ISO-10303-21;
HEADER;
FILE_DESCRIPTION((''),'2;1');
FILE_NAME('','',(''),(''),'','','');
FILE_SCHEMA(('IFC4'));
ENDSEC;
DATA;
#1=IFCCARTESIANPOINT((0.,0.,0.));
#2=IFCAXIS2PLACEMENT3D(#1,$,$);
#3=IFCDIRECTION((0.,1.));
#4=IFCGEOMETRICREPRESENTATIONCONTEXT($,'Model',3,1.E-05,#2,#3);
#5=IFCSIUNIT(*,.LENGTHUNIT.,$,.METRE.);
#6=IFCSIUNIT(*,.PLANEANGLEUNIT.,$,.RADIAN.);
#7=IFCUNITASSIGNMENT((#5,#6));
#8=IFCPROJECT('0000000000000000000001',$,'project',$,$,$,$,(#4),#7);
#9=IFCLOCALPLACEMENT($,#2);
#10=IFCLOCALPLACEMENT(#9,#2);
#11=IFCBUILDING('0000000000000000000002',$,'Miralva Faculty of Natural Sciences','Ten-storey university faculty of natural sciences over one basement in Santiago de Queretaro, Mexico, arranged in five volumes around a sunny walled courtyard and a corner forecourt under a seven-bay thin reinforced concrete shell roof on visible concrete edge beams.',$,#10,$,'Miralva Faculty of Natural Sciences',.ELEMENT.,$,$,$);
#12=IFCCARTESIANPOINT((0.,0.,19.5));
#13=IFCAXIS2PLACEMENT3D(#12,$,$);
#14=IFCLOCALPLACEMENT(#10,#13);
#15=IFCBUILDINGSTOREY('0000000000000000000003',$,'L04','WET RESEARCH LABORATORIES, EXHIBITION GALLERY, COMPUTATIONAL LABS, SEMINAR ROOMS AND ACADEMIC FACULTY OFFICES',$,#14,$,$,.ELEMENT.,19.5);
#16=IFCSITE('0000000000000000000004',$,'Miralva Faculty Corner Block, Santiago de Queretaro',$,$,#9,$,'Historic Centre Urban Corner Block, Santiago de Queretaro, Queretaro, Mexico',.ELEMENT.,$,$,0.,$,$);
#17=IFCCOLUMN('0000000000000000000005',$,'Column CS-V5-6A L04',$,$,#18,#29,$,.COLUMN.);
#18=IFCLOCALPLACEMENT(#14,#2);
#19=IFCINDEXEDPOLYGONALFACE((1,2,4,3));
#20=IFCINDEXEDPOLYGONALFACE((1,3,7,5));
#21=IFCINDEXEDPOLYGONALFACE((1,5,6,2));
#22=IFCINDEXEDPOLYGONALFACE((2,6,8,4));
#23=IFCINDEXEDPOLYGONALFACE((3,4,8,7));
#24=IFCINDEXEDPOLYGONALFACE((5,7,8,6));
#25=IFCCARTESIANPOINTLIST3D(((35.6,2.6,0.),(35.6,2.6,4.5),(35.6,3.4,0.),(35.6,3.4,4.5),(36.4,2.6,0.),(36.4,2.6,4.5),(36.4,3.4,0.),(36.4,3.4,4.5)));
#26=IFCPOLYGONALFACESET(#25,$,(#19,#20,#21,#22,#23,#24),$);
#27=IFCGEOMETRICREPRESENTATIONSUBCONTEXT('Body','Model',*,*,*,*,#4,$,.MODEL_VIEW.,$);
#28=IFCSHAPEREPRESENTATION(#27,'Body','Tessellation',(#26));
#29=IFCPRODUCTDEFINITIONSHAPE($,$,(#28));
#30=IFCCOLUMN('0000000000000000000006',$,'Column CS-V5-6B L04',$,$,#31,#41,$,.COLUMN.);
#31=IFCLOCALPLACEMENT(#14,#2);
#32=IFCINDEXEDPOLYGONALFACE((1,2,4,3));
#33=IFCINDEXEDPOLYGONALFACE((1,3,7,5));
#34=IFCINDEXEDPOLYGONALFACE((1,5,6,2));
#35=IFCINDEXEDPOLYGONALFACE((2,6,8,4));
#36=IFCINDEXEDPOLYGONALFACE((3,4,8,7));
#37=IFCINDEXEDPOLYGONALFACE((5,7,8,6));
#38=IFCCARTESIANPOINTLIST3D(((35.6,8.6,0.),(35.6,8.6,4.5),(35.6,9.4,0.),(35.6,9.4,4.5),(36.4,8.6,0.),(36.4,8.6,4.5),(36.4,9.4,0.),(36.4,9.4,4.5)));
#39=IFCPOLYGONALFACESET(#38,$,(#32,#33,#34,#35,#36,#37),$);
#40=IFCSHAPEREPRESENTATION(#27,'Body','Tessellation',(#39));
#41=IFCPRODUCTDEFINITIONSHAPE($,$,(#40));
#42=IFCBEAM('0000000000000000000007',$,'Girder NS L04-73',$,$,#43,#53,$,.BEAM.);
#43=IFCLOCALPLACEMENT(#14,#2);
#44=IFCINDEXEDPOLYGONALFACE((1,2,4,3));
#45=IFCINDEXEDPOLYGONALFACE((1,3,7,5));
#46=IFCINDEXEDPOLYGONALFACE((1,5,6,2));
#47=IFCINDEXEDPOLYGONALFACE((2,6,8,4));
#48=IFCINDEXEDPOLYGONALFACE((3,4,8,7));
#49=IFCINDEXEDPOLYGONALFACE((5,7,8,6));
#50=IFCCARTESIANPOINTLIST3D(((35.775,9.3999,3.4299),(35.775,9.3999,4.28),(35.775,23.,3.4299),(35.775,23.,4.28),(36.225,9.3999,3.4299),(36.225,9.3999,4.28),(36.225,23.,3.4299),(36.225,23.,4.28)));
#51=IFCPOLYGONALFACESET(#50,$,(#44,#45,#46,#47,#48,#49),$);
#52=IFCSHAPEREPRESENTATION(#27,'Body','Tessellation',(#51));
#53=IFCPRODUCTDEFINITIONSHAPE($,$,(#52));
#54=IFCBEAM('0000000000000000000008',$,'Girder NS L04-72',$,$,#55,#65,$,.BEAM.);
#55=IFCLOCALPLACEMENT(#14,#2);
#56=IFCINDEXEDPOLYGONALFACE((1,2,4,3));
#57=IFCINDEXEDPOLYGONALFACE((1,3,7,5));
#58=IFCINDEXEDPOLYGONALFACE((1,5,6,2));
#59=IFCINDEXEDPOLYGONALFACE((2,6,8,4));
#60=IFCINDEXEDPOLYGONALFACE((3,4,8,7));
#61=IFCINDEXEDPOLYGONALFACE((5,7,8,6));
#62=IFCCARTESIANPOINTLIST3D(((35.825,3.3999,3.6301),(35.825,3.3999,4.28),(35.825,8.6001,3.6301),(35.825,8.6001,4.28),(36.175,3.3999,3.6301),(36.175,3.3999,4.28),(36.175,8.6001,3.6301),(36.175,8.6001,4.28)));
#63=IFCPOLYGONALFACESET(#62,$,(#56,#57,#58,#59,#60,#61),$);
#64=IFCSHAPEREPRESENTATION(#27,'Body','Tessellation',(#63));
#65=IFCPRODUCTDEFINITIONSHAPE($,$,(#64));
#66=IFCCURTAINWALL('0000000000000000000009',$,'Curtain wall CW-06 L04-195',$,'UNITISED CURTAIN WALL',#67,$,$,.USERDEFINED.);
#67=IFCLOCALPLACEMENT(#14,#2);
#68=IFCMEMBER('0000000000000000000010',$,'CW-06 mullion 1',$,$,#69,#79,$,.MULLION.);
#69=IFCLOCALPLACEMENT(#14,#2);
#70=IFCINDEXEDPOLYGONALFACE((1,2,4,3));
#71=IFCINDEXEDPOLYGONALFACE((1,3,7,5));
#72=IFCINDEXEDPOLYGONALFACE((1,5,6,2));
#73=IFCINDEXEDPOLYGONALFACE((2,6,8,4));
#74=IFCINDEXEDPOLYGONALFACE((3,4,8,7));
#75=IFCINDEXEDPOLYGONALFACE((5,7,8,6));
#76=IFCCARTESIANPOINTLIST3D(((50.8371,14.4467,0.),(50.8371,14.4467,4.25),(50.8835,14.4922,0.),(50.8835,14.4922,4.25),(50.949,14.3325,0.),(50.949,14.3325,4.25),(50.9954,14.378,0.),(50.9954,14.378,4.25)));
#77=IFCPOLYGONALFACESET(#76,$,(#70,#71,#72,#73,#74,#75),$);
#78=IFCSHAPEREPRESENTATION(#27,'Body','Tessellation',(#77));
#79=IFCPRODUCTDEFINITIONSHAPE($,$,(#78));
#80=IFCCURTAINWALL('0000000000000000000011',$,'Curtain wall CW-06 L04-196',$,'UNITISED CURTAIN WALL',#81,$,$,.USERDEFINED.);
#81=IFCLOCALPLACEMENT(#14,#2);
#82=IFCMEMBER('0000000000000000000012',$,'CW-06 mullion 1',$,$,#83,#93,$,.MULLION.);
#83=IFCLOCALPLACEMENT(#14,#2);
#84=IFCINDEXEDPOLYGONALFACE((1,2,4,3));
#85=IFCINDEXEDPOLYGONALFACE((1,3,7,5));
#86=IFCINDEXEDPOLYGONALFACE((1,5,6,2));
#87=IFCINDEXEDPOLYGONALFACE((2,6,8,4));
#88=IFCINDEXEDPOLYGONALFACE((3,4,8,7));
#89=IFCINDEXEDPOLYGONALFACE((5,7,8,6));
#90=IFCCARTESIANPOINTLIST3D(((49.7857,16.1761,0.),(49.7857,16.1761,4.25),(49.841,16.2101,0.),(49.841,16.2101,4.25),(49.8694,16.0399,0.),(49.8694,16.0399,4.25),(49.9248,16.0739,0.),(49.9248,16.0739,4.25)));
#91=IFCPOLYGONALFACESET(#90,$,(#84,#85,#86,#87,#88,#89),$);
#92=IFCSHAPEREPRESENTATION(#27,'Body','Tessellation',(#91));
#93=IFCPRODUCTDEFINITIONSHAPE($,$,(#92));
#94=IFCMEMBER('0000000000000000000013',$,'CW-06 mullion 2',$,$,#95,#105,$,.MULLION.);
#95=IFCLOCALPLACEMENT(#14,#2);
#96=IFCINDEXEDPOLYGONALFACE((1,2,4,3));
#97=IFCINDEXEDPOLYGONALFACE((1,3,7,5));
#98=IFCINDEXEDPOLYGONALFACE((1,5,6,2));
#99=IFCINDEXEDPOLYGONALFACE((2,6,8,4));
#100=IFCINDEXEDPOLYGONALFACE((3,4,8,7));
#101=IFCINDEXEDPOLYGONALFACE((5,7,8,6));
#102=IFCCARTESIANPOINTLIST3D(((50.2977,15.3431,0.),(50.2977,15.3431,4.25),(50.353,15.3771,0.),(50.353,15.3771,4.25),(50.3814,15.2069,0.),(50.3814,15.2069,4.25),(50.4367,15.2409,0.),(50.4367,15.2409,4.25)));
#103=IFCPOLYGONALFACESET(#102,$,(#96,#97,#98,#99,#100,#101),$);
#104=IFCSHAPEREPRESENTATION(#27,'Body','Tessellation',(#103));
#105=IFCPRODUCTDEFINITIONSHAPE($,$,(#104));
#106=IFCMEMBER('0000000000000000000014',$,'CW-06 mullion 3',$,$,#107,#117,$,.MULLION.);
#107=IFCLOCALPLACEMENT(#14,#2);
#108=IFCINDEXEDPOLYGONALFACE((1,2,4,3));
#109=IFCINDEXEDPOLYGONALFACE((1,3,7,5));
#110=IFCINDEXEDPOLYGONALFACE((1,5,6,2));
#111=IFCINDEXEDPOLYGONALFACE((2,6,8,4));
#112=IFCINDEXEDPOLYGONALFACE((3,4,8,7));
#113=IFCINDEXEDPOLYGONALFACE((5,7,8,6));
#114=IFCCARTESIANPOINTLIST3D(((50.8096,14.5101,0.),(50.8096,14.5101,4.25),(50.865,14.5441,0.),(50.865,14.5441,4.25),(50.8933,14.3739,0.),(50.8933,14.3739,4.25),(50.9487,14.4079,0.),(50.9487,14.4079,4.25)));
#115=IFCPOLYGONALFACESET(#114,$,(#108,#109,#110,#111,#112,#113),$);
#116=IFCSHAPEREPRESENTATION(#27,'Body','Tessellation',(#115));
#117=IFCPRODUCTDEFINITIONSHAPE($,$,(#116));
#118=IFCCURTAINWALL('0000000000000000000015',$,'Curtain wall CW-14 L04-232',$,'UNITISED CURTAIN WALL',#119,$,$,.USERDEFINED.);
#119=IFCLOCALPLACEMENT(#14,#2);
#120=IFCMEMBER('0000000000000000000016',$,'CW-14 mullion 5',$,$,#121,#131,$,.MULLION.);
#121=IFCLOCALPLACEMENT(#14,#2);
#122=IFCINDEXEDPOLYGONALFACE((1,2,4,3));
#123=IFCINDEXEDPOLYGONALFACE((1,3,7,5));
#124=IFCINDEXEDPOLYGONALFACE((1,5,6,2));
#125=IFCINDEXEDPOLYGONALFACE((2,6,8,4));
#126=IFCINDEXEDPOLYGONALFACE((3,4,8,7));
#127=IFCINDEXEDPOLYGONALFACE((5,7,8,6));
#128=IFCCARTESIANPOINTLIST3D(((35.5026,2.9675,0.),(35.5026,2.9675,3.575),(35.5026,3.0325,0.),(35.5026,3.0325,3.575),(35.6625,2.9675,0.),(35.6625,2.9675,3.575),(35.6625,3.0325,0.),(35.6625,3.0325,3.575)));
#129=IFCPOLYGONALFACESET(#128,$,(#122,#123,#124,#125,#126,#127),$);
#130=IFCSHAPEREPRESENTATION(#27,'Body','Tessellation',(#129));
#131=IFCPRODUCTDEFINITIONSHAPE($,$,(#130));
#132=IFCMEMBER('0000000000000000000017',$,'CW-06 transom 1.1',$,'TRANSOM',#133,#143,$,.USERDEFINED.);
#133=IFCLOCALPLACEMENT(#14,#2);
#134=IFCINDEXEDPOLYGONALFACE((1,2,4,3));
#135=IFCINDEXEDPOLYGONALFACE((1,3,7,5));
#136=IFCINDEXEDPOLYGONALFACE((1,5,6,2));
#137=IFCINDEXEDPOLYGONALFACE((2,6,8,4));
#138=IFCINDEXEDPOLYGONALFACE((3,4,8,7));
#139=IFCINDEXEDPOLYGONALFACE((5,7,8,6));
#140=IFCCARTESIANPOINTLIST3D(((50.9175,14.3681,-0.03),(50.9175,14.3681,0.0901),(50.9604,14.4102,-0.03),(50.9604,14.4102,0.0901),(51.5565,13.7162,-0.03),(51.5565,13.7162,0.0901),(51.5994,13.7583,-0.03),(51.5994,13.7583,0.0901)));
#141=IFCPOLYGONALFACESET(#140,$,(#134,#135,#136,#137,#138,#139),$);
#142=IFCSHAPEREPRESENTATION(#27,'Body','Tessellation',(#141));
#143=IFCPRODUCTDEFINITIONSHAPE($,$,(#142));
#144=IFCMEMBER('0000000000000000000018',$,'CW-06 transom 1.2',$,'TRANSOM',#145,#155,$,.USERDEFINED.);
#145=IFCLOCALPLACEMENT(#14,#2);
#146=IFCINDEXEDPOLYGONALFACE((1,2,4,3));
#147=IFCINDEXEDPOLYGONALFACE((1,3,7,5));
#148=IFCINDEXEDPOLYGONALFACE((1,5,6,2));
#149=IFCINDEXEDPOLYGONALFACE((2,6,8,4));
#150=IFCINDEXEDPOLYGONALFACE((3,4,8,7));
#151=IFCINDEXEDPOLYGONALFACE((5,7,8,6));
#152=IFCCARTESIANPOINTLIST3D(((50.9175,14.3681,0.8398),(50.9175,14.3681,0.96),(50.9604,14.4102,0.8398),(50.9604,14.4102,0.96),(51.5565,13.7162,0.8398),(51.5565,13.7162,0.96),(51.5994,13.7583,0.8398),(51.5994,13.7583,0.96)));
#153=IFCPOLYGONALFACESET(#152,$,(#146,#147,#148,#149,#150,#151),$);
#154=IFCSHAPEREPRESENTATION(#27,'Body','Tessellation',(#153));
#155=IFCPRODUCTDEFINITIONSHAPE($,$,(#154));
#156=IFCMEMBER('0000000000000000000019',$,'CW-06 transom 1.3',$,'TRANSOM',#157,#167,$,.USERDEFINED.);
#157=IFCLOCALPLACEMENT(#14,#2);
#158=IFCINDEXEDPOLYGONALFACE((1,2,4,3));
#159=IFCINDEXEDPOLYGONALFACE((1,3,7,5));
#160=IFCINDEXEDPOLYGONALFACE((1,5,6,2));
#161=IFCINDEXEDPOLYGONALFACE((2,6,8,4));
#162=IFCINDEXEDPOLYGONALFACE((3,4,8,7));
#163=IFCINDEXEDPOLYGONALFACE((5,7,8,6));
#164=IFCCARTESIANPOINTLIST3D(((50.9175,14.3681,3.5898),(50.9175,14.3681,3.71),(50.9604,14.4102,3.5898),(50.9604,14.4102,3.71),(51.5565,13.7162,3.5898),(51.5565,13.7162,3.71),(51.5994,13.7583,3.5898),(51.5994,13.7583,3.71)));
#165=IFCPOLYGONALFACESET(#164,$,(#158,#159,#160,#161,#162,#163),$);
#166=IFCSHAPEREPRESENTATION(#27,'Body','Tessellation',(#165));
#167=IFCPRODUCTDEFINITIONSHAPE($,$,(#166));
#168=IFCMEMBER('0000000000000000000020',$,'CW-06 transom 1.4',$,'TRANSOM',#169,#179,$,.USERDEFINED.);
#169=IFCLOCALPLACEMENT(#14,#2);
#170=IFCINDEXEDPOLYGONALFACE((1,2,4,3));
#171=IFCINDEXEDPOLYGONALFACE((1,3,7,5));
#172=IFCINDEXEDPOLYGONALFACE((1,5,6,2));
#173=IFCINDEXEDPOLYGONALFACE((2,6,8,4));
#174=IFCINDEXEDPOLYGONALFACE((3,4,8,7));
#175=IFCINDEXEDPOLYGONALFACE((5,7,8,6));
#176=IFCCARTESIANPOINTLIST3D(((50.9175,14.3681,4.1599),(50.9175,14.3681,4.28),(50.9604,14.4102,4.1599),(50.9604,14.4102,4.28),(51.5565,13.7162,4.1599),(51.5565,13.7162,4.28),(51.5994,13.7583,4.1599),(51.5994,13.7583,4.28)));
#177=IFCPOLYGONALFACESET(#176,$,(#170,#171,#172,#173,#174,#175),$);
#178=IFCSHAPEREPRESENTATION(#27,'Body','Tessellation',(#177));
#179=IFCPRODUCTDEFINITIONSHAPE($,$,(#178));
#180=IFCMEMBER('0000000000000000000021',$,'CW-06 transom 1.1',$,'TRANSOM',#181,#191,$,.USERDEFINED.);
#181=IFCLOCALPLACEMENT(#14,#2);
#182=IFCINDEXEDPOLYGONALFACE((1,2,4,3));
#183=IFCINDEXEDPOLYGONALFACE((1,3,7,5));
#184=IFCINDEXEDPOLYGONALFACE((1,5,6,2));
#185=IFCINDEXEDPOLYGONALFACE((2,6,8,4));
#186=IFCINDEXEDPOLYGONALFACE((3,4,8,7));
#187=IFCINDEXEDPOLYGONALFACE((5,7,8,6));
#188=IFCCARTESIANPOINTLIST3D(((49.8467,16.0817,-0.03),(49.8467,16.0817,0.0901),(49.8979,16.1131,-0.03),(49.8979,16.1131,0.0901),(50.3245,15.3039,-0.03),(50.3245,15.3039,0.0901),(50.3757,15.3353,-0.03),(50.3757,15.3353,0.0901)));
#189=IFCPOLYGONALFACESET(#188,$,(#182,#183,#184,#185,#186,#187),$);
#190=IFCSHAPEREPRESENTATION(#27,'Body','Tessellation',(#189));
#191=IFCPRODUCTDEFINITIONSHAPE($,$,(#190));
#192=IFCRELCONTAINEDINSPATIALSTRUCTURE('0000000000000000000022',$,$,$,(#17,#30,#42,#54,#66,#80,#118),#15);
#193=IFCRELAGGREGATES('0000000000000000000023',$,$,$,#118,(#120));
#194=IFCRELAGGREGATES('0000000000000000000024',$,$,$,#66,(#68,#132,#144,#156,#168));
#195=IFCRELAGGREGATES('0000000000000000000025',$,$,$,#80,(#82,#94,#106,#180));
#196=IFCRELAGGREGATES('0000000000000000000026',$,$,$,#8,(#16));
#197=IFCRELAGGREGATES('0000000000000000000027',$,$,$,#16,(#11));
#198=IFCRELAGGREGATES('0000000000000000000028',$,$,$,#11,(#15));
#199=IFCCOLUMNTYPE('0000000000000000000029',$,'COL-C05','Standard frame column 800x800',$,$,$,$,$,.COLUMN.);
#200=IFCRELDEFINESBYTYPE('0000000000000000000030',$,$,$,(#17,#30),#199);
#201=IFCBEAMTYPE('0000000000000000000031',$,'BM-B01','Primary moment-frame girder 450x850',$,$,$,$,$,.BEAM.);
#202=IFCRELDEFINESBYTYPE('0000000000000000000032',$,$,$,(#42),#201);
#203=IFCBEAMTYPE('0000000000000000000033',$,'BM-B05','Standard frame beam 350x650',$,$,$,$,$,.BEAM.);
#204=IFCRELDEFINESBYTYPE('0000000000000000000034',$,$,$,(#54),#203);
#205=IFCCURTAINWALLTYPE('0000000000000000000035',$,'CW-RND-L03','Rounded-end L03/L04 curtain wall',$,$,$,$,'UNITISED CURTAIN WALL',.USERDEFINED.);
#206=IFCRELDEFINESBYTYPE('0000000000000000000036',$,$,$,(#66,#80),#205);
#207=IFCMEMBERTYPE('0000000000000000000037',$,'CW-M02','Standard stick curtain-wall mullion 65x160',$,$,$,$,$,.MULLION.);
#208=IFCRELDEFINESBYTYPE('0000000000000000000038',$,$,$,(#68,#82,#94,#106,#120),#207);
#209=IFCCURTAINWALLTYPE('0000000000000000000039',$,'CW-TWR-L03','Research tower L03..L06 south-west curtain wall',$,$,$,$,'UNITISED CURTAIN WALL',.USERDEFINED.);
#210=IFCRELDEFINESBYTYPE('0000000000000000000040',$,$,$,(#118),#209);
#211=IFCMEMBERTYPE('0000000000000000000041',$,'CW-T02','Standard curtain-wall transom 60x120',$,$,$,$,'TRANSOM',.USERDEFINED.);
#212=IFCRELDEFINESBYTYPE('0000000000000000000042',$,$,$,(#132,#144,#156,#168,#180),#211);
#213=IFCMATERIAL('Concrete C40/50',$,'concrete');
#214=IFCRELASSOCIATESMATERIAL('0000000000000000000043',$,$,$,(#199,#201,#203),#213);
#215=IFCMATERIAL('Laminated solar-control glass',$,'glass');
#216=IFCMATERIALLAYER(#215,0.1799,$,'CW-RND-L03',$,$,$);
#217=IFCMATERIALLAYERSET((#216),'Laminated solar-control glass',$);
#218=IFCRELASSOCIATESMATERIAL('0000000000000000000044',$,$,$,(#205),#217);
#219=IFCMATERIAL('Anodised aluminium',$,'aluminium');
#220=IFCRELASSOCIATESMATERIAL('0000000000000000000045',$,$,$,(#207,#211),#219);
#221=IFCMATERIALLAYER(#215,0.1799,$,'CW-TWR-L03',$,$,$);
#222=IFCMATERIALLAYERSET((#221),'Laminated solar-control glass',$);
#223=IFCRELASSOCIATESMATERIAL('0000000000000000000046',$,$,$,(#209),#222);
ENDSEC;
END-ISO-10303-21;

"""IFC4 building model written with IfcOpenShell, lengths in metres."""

from ifc_helpers import new_model, si_unit, direction, frame, origin, origin_2d, place, context, subcontext, project, spatial, rectangle, extrude, material, layer, layer_set, material_profile, profile_set, type_object, element, aggregate, save


model = new_model("IFC4")

# Units and contexts
model_context = context("Model", 3, precision=1e-05, world=origin(), true_north=direction((0.0, 1.0)))
body_context = subcontext(model_context, "Body", "Model", "MODEL_VIEW")
ifc_project = project(units=[si_unit("LENGTHUNIT", "METRE"), si_unit("PLANEANGLEUNIT", "RADIAN")], contexts=[model_context])

# Site, building, storey
site_placement = place(None, origin())
site = spatial("IfcSite", under=ifc_project, at=site_placement, Name="Miralva Faculty Corner Block, Santiago de Queretaro", LongName="Historic Centre Urban Corner Block, Santiago de Queretaro, Queretaro, Mexico", CompositionType="ELEMENT", RefElevation=0.0)
building_placement = place(site_placement, origin())
building = spatial("IfcBuilding", under=site, at=building_placement, Name="Miralva Faculty of Natural Sciences", Description="Ten-storey university faculty of natural sciences over one basement in Santiago de Queretaro, Mexico, arranged in five volumes around a sunny walled courtyard and a corner forecourt under a seven-bay thin reinforced concrete shell roof on visible concrete edge beams.", LongName="Miralva Faculty of Natural Sciences", CompositionType="ELEMENT")
storey_placement = place(building_placement, frame((0.0, 0.0, 19.5)))
storey = spatial("IfcBuildingStorey", under=building, at=storey_placement, Name="L04", Description="WET RESEARCH LABORATORIES, EXHIBITION GALLERY, COMPUTATIONAL LABS, SEMINAR ROOMS AND ACADEMIC FACULTY OFFICES", CompositionType="ELEMENT", Elevation=19.5)

# Columns
ifc_material_1 = material(Name="Concrete C40/50", Category="concrete")
ifc_material_profile_1 = material_profile(ifc_material_1, rectangle(XDim=0.8, YDim=0.8, at=origin_2d()), Name="RC 800x800")
ifc_profile_set_1 = profile_set([ifc_material_profile_1], Name="Concrete C40/50")
column_type = type_object("IfcColumnType", Name="COL-C05", Description="Standard frame column 800x800", PredefinedType="COLUMN", material=ifc_profile_set_1)
for number, where, z_axis, x_axis, name in (
    (1, (36.0, 3.0, 0.0), (0.0, 0.0, 1.0), (1.0, 0.0, 0.0), "Column CS-V5-6A L04"),
    (2, (36.0, 9.0, 0.0), (0.0, 0.0, 1.0), (1.0, 0.0, 0.0), "Column CS-V5-6B L04"),
):
    element("IfcColumn", number, at=place(storey_placement, frame(where, z_axis=z_axis, x_axis=x_axis)), inside=storey, type_object=column_type, Name=name, PredefinedType="COLUMN", context=body_context, shape_type="SweptSolid", body=[
        extrude(rectangle(XDim=0.8, YDim=0.8, at=origin_2d()), origin(), (0.0, 0.0, 1.0), 4.5),
    ])

# Beams
ifc_material_profile_2 = material_profile(ifc_material_1, rectangle(XDim=0.45, YDim=0.8501, at=origin_2d()), Name="RC 450x850")
ifc_profile_set_2 = profile_set([ifc_material_profile_2], Name="Concrete C40/50")
beam_type_1 = type_object("IfcBeamType", Name="BM-B01", Description="Primary moment-frame girder 450x850", PredefinedType="BEAM", material=ifc_profile_set_2)
beam_1_placement = place(storey_placement, frame((36.0, 9.3999, 3.855), z_axis=(0.0, 1.0, 0.0), x_axis=(-1.0, 0.0, 0.0)))
element("IfcBeam", 3, at=beam_1_placement, inside=storey, type_object=beam_type_1, Name="Girder NS L04-73", PredefinedType="BEAM", context=body_context, shape_type="SweptSolid", body=[
    extrude(rectangle(XDim=0.45, YDim=0.8501, at=origin_2d()), origin(), (0.0, 0.0, 1.0), 13.6001),
])
ifc_material_profile_3 = material_profile(ifc_material_1, rectangle(XDim=0.3501, YDim=0.6499, at=origin_2d()), Name="RC 350x650")
ifc_profile_set_3 = profile_set([ifc_material_profile_3], Name="Concrete C40/50")
beam_type_2 = type_object("IfcBeamType", Name="BM-B05", Description="Standard frame beam 350x650", PredefinedType="BEAM", material=ifc_profile_set_3)
beam_2_placement = place(storey_placement, frame((36.0, 3.3999, 3.9551), z_axis=(0.0, 1.0, 0.0), x_axis=(-1.0, 0.0, 0.0)))
element("IfcBeam", 4, at=beam_2_placement, inside=storey, type_object=beam_type_2, Name="Girder NS L04-72", PredefinedType="BEAM", context=body_context, shape_type="SweptSolid", body=[
    extrude(rectangle(XDim=0.3501, YDim=0.6499, at=origin_2d()), origin(), (0.0, 0.0, 1.0), 5.2002),
])

# Curtain wall, member
ifc_material_2 = material(Name="Laminated solar-control glass", Category="glass")
ifc_layer_1 = layer(ifc_material_2, 0.1799, Name="CW-RND-L03")
ifc_layer_set_1 = layer_set([ifc_layer_1], Name="Laminated solar-control glass")
curtain_wall_type_1 = type_object("IfcCurtainWallType", Name="CW-RND-L03", Description="Rounded-end L03/L04 curtain wall", ElementType="UNITISED CURTAIN WALL", PredefinedType="USERDEFINED", material=ifc_layer_set_1)
curtain_wall_1_placement = place(storey_placement, origin())
curtain_wall_1 = element("IfcCurtainWall", 5, at=curtain_wall_1_placement, inside=storey, type_object=curtain_wall_type_1, Name="Curtain wall CW-06 L04-195", ObjectType="UNITISED CURTAIN WALL", PredefinedType="USERDEFINED")
ifc_material_3 = material(Name="Anodised aluminium", Category="aluminium")
ifc_material_profile_4 = material_profile(ifc_material_3, rectangle(XDim=0.0649, YDim=0.1599, at=origin_2d()), Name="MULLION 65x160")
ifc_profile_set_4 = profile_set([ifc_material_profile_4], Name="Anodised aluminium")
member_type_1 = type_object("IfcMemberType", Name="CW-M02", Description="Standard stick curtain-wall mullion 65x160", PredefinedType="MULLION", material=ifc_profile_set_4)
member_1_placement = place(storey_placement, frame((50.9163, 14.4124, 0.0), z_axis=(0.0, 0.0, 1.0), x_axis=(0.714125, 0.700018, 0.0)))
member_1 = element("IfcMember", 6, at=member_1_placement, type_object=member_type_1, Name="CW-06 mullion 1", PredefinedType="MULLION", context=body_context, shape_type="SweptSolid", body=[
    extrude(rectangle(XDim=0.0649, YDim=0.1599, at=origin_2d()), origin(), (0.0, 0.0, 1.0), 4.25),
])

# Curtain wall, members
curtain_wall_2_placement = place(storey_placement, origin())
curtain_wall_2 = element("IfcCurtainWall", 7, at=curtain_wall_2_placement, inside=storey, type_object=curtain_wall_type_1, Name="Curtain wall CW-06 L04-196", ObjectType="UNITISED CURTAIN WALL", PredefinedType="USERDEFINED")
member_2_placement = place(storey_placement, frame((49.8552, 16.125, 0.0), z_axis=(0.0, 0.0, 1.0), x_axis=(0.851995, 0.523551, 0.0)))
member_2 = element("IfcMember", 8, at=member_2_placement, type_object=member_type_1, Name="CW-06 mullion 1", PredefinedType="MULLION", context=body_context, shape_type="SweptSolid", body=[
    extrude(rectangle(XDim=0.0649, YDim=0.1599, at=origin_2d()), origin(), (0.0, 0.0, 1.0), 4.25),
])
member_3_placement = place(storey_placement, frame((50.3672, 15.292, 0.0), z_axis=(0.0, 0.0, 1.0), x_axis=(0.851995, 0.523551, 0.0)))
member_3 = element("IfcMember", 9, at=member_3_placement, type_object=member_type_1, Name="CW-06 mullion 2", PredefinedType="MULLION", context=body_context, shape_type="SweptSolid", body=[
    extrude(rectangle(XDim=0.0649, YDim=0.1599, at=origin_2d()), origin(), (0.0, 0.0, 1.0), 4.25),
])
member_4_placement = place(storey_placement, frame((50.8792, 14.459, 0.0), z_axis=(0.0, 0.0, 1.0), x_axis=(0.851995, 0.523551, 0.0)))
member_4 = element("IfcMember", 10, at=member_4_placement, type_object=member_type_1, Name="CW-06 mullion 3", PredefinedType="MULLION", context=body_context, shape_type="SweptSolid", body=[
    extrude(rectangle(XDim=0.0649, YDim=0.1599, at=origin_2d()), origin(), (0.0, 0.0, 1.0), 4.25),
])

# Curtain wall, member
ifc_layer_2 = layer(ifc_material_2, 0.1799, Name="CW-TWR-L03")
ifc_layer_set_2 = layer_set([ifc_layer_2], Name="Laminated solar-control glass")
curtain_wall_type_2 = type_object("IfcCurtainWallType", Name="CW-TWR-L03", Description="Research tower L03..L06 south-west curtain wall", ElementType="UNITISED CURTAIN WALL", PredefinedType="USERDEFINED", material=ifc_layer_set_2)
curtain_wall_3_placement = place(storey_placement, origin())
curtain_wall_3 = element("IfcCurtainWall", 11, at=curtain_wall_3_placement, inside=storey, type_object=curtain_wall_type_2, Name="Curtain wall CW-14 L04-232", ObjectType="UNITISED CURTAIN WALL", PredefinedType="USERDEFINED")
member_5_placement = place(storey_placement, frame((35.5825, 3.0, 0.0), z_axis=(0.0, 0.0, 1.0), x_axis=(0.0, 1.0, 0.0)))
member_5 = element("IfcMember", 12, at=member_5_placement, type_object=member_type_1, Name="CW-14 mullion 5", PredefinedType="MULLION", context=body_context, shape_type="SweptSolid", body=[
    extrude(rectangle(XDim=0.0649, YDim=0.1599, at=origin_2d()), origin(), (0.0, 0.0, 1.0), 3.575),
])
aggregate(curtain_wall_3, [member_5])

# Members
ifc_material_profile_5 = material_profile(ifc_material_3, rectangle(XDim=0.0601, YDim=0.1201, at=origin_2d()), Name="TRANSOM 60x120")
ifc_profile_set_5 = profile_set([ifc_material_profile_5], Name="Anodised aluminium")
member_type_2 = type_object("IfcMemberType", Name="CW-T02", Description="Standard curtain-wall transom 60x120", ElementType="TRANSOM", PredefinedType="USERDEFINED", material=ifc_profile_set_5)
member_6_placement = place(storey_placement, frame((50.939, 14.3892, 0.03), z_axis=(0.699983, -0.714159, 0.0), x_axis=(0.714159, 0.699983, 0.0)))
member_6 = element("IfcMember", 13, at=member_6_placement, type_object=member_type_2, Name="CW-06 transom 1.1", ObjectType="TRANSOM", PredefinedType="USERDEFINED", context=body_context, shape_type="SweptSolid", body=[
    extrude(rectangle(XDim=0.0601, YDim=0.1201, at=origin_2d()), origin(), (0.0, 0.0, 1.0), 0.9128),
])
member_7_placement = place(storey_placement, frame((50.939, 14.3892, 0.8999), z_axis=(0.699983, -0.714159, 0.0), x_axis=(0.714159, 0.699983, 0.0)))
member_7 = element("IfcMember", 14, at=member_7_placement, type_object=member_type_2, Name="CW-06 transom 1.2", ObjectType="TRANSOM", PredefinedType="USERDEFINED", context=body_context, shape_type="SweptSolid", body=[
    extrude(rectangle(XDim=0.0601, YDim=0.1201, at=origin_2d()), origin(), (0.0, 0.0, 1.0), 0.9128),
])
member_8_placement = place(storey_placement, frame((50.939, 14.3892, 3.6499), z_axis=(0.699983, -0.714159, 0.0), x_axis=(0.714159, 0.699983, 0.0)))
member_8 = element("IfcMember", 15, at=member_8_placement, type_object=member_type_2, Name="CW-06 transom 1.3", ObjectType="TRANSOM", PredefinedType="USERDEFINED", context=body_context, shape_type="SweptSolid", body=[
    extrude(rectangle(XDim=0.0601, YDim=0.1201, at=origin_2d()), origin(), (0.0, 0.0, 1.0), 0.9128),
])
member_9_placement = place(storey_placement, frame((50.939, 14.3892, 4.22), z_axis=(0.699983, -0.714159, 0.0), x_axis=(0.714159, 0.699983, 0.0)))
member_9 = element("IfcMember", 16, at=member_9_placement, type_object=member_type_2, Name="CW-06 transom 1.4", ObjectType="TRANSOM", PredefinedType="USERDEFINED", context=body_context, shape_type="SweptSolid", body=[
    extrude(rectangle(XDim=0.0601, YDim=0.1201, at=origin_2d()), origin(), (0.0, 0.0, 1.0), 0.9128),
])
member_10_placement = place(storey_placement, frame((49.8723, 16.0974, 0.03), z_axis=(0.523396, -0.85209, 0.0), x_axis=(0.85209, 0.523396, 0.0)))
member_10 = element("IfcMember", 17, at=member_10_placement, type_object=member_type_2, Name="CW-06 transom 1.1", ObjectType="TRANSOM", PredefinedType="USERDEFINED", context=body_context, shape_type="SweptSolid", body=[
    extrude(rectangle(XDim=0.0601, YDim=0.1201, at=origin_2d()), origin(), (0.0, 0.0, 1.0), 0.9128),
])

aggregate(curtain_wall_1, [member_1, member_6, member_7, member_8, member_9])
aggregate(curtain_wall_2, [member_2, member_3, member_4, member_10])

save(model, "model.ifc")
